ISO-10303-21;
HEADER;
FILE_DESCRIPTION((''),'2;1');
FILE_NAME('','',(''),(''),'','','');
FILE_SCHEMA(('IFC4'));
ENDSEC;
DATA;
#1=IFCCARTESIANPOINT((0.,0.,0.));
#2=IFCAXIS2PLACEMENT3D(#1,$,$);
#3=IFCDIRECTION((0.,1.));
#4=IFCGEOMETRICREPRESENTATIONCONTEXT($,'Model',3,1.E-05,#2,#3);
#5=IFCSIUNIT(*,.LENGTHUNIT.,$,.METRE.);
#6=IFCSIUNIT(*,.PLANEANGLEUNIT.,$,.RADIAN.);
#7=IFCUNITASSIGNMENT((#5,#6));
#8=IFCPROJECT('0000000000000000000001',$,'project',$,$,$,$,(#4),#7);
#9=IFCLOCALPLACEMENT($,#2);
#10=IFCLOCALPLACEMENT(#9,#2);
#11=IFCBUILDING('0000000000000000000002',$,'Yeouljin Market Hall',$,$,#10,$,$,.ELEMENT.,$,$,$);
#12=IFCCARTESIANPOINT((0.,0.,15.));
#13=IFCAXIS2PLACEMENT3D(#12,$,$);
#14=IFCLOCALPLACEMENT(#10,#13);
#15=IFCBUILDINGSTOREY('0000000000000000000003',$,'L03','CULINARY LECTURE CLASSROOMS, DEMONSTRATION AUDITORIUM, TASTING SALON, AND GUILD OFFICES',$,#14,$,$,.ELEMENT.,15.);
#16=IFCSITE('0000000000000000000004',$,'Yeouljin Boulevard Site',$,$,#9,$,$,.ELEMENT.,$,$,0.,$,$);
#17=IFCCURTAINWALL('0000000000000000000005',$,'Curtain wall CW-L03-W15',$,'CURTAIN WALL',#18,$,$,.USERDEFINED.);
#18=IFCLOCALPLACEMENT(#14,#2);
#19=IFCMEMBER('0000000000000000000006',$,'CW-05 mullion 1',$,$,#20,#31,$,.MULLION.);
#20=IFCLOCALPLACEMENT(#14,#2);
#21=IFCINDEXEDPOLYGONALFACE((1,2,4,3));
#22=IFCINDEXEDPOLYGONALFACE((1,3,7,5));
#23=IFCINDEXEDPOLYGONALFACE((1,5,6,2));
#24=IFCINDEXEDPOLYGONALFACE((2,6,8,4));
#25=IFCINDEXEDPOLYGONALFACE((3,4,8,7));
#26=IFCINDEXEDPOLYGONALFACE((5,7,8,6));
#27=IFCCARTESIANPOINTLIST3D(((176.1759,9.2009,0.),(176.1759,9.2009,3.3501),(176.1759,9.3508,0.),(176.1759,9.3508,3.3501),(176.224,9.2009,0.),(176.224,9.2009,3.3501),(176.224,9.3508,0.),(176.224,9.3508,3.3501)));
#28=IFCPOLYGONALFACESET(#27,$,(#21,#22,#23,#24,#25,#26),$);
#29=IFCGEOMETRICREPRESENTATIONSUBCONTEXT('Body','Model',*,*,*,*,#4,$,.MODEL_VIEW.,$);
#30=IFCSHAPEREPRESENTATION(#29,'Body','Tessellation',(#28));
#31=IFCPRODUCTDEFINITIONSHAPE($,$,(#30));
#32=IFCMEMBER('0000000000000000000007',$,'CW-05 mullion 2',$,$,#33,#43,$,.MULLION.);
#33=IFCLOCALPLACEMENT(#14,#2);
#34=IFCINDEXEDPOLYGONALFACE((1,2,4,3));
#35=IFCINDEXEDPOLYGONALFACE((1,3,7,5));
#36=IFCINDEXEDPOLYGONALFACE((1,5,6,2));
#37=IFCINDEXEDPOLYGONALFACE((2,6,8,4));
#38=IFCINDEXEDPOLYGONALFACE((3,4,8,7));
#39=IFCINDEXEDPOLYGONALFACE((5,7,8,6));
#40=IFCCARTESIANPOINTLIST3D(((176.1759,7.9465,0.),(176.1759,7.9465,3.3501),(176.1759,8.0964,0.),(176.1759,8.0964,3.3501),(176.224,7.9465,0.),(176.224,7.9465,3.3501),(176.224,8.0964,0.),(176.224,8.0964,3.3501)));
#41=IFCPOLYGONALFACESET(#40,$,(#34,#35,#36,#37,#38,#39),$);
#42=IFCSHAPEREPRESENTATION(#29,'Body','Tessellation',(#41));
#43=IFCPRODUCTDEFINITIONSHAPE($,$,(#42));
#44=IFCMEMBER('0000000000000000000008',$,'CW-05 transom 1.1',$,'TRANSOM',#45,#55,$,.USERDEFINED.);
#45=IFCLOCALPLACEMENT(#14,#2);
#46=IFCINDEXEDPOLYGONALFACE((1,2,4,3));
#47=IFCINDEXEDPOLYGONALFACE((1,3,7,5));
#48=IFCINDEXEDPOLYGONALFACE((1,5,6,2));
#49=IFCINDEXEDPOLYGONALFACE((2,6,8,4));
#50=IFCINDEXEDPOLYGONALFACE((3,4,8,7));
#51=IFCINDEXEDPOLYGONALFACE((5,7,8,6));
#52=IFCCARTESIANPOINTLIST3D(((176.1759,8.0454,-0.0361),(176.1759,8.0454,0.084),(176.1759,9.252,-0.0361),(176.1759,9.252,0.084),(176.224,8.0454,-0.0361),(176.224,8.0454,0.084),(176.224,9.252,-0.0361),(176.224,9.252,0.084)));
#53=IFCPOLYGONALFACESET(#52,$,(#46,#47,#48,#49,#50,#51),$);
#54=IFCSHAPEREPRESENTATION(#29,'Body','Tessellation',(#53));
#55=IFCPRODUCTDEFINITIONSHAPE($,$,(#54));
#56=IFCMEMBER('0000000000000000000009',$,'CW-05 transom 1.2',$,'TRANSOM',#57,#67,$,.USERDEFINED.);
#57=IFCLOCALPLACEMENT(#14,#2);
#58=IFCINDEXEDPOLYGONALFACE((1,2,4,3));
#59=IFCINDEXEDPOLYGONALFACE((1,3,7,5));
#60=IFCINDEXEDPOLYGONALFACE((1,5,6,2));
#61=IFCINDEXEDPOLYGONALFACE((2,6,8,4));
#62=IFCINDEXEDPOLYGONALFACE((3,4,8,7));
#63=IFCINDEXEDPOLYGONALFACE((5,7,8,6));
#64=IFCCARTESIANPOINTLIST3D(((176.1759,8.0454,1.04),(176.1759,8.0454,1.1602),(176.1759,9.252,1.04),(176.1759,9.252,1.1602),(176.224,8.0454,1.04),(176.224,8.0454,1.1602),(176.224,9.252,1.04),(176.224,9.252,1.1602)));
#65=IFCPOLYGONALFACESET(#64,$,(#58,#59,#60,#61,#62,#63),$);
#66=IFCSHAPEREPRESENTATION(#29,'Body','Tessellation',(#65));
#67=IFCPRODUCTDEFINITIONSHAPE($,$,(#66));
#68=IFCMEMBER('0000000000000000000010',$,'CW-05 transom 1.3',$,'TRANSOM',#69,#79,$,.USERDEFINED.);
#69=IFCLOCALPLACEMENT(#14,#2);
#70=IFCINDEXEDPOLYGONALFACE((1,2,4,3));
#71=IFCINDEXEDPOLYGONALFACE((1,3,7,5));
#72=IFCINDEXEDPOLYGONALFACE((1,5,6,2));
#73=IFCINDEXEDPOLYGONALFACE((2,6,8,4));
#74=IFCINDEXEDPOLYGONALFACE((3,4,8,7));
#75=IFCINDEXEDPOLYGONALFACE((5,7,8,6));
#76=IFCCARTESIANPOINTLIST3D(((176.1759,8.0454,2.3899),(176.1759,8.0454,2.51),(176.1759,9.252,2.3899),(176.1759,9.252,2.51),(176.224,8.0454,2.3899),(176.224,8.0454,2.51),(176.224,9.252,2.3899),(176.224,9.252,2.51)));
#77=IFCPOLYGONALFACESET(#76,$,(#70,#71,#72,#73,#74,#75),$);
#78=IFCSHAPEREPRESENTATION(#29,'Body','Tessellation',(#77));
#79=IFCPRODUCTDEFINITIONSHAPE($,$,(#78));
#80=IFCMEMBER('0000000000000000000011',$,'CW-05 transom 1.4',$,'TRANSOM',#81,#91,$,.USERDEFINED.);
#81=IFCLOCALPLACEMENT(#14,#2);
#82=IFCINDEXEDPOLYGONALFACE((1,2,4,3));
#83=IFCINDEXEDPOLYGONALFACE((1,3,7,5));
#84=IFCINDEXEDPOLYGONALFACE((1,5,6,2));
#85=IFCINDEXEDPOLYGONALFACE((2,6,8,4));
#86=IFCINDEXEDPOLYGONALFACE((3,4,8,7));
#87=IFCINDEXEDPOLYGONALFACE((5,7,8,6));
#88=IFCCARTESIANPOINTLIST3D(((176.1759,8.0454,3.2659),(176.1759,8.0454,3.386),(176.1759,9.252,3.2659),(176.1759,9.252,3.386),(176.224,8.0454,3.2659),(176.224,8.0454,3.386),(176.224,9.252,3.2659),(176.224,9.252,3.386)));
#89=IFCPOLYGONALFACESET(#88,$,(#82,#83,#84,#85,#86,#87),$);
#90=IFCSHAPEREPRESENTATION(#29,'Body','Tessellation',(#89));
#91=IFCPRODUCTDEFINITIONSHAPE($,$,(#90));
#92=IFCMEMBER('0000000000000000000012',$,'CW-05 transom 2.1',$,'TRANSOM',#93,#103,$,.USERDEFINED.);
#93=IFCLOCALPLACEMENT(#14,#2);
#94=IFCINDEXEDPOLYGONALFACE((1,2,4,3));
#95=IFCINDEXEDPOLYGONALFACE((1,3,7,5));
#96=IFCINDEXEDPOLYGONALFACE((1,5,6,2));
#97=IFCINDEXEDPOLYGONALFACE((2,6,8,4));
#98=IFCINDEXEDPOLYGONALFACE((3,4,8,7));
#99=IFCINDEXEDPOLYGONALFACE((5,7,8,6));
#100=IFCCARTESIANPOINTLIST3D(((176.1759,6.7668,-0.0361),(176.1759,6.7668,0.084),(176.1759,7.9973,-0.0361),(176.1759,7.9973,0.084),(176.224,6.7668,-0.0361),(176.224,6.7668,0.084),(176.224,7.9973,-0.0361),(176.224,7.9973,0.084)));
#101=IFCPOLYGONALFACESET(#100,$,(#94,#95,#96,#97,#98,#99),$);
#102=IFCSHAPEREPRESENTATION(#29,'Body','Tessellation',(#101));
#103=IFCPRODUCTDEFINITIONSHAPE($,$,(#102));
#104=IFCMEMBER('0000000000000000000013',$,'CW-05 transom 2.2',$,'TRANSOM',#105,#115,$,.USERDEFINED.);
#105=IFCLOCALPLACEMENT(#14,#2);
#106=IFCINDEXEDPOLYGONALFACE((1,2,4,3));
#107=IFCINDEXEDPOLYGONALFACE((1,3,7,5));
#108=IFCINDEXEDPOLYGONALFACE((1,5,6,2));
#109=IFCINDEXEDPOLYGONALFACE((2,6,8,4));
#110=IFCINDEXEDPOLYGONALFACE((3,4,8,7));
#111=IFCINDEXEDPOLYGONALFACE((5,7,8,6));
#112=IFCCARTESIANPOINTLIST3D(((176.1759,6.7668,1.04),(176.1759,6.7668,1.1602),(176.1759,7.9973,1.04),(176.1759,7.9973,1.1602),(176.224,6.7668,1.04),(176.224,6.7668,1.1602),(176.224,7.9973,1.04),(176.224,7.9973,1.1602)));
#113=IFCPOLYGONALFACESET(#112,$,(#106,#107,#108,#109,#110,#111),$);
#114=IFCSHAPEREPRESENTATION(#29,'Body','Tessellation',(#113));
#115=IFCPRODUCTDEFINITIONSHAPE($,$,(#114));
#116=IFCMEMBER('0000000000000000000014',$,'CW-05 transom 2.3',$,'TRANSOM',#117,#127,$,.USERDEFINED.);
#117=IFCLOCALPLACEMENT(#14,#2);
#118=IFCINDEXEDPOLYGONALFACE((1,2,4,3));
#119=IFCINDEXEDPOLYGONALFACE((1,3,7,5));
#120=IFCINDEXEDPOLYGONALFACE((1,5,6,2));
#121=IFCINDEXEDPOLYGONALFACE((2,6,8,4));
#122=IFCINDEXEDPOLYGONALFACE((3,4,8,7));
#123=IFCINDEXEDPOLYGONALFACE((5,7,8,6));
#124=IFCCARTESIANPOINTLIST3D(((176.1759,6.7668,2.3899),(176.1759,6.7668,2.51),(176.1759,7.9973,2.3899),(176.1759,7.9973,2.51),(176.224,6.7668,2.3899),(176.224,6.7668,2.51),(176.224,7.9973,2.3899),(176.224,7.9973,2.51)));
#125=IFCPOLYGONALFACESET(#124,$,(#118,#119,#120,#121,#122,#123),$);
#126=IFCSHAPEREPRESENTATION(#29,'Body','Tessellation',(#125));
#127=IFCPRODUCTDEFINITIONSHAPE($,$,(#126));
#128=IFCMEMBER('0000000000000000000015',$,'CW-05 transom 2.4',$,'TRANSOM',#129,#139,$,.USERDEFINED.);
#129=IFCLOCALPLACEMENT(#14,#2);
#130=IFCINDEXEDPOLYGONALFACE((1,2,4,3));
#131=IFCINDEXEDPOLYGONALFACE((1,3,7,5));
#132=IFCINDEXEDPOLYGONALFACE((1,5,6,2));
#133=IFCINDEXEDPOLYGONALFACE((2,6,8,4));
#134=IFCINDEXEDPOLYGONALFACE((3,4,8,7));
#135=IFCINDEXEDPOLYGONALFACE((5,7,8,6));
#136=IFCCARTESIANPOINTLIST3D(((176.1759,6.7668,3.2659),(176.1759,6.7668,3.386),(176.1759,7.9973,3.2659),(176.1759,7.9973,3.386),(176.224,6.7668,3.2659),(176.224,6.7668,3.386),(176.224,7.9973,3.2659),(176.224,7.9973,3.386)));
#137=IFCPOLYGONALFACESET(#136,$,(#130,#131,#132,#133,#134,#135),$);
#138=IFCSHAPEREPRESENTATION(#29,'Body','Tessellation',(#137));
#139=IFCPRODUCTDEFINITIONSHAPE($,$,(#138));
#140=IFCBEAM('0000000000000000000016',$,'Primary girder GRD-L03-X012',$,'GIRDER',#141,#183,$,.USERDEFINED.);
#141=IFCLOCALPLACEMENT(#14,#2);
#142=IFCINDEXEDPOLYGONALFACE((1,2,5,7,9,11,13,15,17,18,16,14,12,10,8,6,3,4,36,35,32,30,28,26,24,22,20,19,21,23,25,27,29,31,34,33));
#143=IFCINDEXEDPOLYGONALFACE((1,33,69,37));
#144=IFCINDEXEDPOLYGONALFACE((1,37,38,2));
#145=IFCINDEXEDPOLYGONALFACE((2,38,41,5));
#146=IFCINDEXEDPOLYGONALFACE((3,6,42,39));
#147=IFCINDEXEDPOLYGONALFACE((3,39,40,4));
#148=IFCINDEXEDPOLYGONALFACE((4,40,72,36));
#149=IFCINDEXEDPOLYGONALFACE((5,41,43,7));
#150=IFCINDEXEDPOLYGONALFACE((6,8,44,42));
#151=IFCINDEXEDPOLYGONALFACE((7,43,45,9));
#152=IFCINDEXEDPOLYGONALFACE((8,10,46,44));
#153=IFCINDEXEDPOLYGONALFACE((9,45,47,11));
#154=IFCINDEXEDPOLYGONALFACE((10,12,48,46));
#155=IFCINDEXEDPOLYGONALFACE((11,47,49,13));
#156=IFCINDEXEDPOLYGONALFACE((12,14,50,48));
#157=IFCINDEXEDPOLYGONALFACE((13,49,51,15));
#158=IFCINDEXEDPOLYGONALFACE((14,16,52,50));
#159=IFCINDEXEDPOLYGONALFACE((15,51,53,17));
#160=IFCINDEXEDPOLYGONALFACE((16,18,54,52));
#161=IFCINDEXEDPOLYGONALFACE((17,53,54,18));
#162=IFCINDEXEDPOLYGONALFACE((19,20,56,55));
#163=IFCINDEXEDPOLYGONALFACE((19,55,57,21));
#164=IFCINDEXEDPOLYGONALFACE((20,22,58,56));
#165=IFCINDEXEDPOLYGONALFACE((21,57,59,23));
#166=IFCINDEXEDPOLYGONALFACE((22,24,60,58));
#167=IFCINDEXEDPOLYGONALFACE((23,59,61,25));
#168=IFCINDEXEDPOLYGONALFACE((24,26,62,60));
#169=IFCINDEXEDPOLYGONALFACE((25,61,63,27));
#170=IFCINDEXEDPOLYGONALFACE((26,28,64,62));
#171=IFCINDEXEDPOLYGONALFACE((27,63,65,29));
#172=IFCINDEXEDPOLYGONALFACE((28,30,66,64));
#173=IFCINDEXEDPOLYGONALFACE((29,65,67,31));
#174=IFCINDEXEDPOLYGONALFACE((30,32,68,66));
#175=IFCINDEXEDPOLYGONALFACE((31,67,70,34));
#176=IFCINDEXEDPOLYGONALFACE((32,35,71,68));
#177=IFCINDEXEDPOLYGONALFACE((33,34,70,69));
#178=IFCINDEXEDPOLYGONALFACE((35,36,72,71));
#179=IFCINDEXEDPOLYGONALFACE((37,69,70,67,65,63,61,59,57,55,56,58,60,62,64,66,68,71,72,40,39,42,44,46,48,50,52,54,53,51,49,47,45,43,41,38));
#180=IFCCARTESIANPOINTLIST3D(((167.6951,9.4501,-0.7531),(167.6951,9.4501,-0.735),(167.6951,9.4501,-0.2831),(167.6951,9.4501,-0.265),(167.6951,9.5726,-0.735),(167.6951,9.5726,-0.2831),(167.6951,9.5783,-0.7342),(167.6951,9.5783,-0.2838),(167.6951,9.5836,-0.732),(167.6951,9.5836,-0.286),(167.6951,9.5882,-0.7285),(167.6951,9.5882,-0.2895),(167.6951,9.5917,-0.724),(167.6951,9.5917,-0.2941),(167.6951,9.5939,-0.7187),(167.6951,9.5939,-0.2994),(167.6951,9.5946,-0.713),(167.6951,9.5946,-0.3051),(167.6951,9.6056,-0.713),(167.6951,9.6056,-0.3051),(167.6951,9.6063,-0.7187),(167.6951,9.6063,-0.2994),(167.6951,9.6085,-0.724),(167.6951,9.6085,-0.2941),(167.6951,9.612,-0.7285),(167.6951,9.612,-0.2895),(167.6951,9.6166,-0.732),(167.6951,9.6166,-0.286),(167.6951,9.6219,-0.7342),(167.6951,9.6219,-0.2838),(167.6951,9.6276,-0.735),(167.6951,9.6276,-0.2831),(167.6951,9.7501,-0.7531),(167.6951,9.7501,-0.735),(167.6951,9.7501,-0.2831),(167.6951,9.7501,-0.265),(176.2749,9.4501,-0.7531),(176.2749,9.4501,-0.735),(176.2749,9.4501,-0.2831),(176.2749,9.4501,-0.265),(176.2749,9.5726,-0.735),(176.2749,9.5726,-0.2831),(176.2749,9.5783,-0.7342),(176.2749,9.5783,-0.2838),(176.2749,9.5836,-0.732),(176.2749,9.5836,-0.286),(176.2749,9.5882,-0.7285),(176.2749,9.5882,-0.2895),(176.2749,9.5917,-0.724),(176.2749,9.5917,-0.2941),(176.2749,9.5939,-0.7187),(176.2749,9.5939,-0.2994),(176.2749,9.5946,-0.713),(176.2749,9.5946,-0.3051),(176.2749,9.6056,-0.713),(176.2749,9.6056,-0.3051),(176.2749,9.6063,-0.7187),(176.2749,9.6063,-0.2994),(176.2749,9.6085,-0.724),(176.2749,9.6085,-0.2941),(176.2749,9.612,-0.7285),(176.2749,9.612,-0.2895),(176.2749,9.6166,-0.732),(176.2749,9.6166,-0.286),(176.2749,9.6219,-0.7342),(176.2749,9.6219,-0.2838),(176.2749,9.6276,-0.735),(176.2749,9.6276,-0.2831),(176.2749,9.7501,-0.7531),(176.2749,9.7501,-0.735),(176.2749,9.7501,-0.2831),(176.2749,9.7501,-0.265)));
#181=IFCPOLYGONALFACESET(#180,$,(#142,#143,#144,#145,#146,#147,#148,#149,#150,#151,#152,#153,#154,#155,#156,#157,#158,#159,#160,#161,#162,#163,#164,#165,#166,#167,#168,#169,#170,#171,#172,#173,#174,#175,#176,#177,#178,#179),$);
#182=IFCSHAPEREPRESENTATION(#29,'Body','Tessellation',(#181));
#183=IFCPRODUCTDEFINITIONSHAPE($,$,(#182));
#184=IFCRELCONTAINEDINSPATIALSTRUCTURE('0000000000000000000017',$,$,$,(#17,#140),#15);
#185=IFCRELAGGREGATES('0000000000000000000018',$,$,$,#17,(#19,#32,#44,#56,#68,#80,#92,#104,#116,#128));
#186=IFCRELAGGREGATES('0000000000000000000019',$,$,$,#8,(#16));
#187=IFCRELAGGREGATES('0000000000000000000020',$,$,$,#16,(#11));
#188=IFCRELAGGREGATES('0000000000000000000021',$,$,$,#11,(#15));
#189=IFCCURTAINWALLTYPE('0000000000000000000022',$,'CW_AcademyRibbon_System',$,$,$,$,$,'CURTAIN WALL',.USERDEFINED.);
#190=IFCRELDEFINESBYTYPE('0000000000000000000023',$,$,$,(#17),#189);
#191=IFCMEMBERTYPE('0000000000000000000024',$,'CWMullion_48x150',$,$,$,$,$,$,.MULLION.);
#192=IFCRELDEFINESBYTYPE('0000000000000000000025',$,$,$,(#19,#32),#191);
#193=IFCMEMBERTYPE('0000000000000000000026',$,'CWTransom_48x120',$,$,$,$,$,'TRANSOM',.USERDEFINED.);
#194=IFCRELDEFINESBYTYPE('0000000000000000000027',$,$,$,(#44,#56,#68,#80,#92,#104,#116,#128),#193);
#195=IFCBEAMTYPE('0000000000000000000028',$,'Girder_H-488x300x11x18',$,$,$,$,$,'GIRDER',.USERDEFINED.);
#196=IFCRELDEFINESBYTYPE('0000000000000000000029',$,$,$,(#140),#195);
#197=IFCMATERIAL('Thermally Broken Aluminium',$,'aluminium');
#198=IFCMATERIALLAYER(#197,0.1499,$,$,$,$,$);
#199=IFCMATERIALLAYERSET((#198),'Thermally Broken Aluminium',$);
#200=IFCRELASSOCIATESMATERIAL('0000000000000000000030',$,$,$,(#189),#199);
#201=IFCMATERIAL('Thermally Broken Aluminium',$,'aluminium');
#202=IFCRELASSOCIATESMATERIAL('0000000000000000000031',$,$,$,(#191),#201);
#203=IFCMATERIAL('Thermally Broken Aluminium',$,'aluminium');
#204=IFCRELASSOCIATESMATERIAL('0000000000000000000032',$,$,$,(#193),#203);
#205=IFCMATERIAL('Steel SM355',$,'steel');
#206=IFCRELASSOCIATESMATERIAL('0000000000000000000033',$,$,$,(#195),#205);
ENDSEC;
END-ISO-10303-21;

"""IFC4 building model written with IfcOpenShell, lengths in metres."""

from ifc_helpers import new_model, si_unit, direction, frame, origin, origin_2d, place, context, subcontext, project, spatial, rectangle, i_section, extrude, material, layer, layer_set, material_profile, profile_set, type_object, element, aggregate, save


model = new_model("IFC4")

# Units and contexts
model_context = context("Model", 3, precision=1e-05, world=origin(), true_north=direction((0.0, 1.0)))
body_context = subcontext(model_context, "Body", "Model", "MODEL_VIEW")
ifc_project = project(units=[si_unit("LENGTHUNIT", "METRE"), si_unit("PLANEANGLEUNIT", "RADIAN")], contexts=[model_context])

# Site, building, storey
site_placement = place(None, origin())
site = spatial("IfcSite", under=ifc_project, at=site_placement, Name="Yeouljin Boulevard Site", CompositionType="ELEMENT", RefElevation=0.0)
building_placement = place(site_placement, origin())
building = spatial("IfcBuilding", under=site, at=building_placement, Name="Yeouljin Market Hall", CompositionType="ELEMENT")
storey_placement = place(building_placement, frame((0.0, 0.0, 15.0)))
storey = spatial("IfcBuildingStorey", under=building, at=storey_placement, Name="L03", Description="CULINARY LECTURE CLASSROOMS, DEMONSTRATION AUDITORIUM, TASTING SALON, AND GUILD OFFICES", CompositionType="ELEMENT", Elevation=15.0)

# Curtain wall, members
ifc_material_1 = material(Name="Thermally Broken Aluminium", Category="aluminium")
ifc_layer_1 = layer(ifc_material_1, 0.1499)
ifc_layer_set_1 = layer_set([ifc_layer_1], Name="Thermally Broken Aluminium")
curtain_wall_type = type_object("IfcCurtainWallType", Name="CW_AcademyRibbon_System", ElementType="CURTAIN WALL", PredefinedType="USERDEFINED", material=ifc_layer_set_1)
curtain_wall_placement = place(storey_placement, origin())
curtain_wall = element("IfcCurtainWall", 1, at=curtain_wall_placement, inside=storey, type_object=curtain_wall_type, Name="Curtain wall CW-L03-W15", ObjectType="CURTAIN WALL", PredefinedType="USERDEFINED")
ifc_material_2 = material(Name="Thermally Broken Aluminium", Category="aluminium")
ifc_material_profile_1 = material_profile(ifc_material_2, rectangle(XDim=0.0481, YDim=0.1499, at=origin_2d()), Name="CW-MULL-48x150")
ifc_profile_set_1 = profile_set([ifc_material_profile_1], Name="Thermally Broken Aluminium")
member_type_1 = type_object("IfcMemberType", Name="CWMullion_48x150", PredefinedType="MULLION", material=ifc_profile_set_1)
member_1_placement = place(storey_placement, frame((176.2, 9.2759, 0.0), z_axis=(0.0, 0.0, 1.0), x_axis=(1.0, 0.0, 0.0)))
member_1 = element("IfcMember", 2, at=member_1_placement, type_object=member_type_1, Name="CW-05 mullion 1", PredefinedType="MULLION", context=body_context, shape_type="SweptSolid", body=[
    extrude(rectangle(XDim=0.0481, YDim=0.1499, at=origin_2d()), origin(), (0.0, 0.0, 1.0), 3.3501),
])
member_2_placement = place(storey_placement, frame((176.2, 8.0215, 0.0), z_axis=(0.0, 0.0, 1.0), x_axis=(1.0, 0.0, 0.0)))
member_2 = element("IfcMember", 3, at=member_2_placement, type_object=member_type_1, Name="CW-05 mullion 2", PredefinedType="MULLION", context=body_context, shape_type="SweptSolid", body=[
    extrude(rectangle(XDim=0.0481, YDim=0.1499, at=origin_2d()), origin(), (0.0, 0.0, 1.0), 3.3501),
])
ifc_material_3 = material(Name="Thermally Broken Aluminium", Category="aluminium")
ifc_material_profile_2 = material_profile(ifc_material_3, rectangle(XDim=0.0481, YDim=0.1201, at=origin_2d()), Name="CW-TRAN-48x120")
ifc_profile_set_2 = profile_set([ifc_material_profile_2], Name="Thermally Broken Aluminium")
member_type_2 = type_object("IfcMemberType", Name="CWTransom_48x120", ElementType="TRANSOM", PredefinedType="USERDEFINED", material=ifc_profile_set_2)
member_3_placement = place(storey_placement, frame((176.2, 9.252, 0.0239), z_axis=(0.0, -1.0, 0.0), x_axis=(1.0, 0.0, 0.0)))
member_3 = element("IfcMember", 4, at=member_3_placement, type_object=member_type_2, Name="CW-05 transom 1.1", ObjectType="TRANSOM", PredefinedType="USERDEFINED", context=body_context, shape_type="SweptSolid", body=[
    extrude(rectangle(XDim=0.0481, YDim=0.1201, at=origin_2d()), origin(), (0.0, 0.0, 1.0), 1.2065),
])
member_4_placement = place(storey_placement, frame((176.2, 9.252, 1.1001), z_axis=(0.0, -1.0, 0.0), x_axis=(1.0, 0.0, 0.0)))
member_4 = element("IfcMember", 5, at=member_4_placement, type_object=member_type_2, Name="CW-05 transom 1.2", ObjectType="TRANSOM", PredefinedType="USERDEFINED", context=body_context, shape_type="SweptSolid", body=[
    extrude(rectangle(XDim=0.0481, YDim=0.1201, at=origin_2d()), origin(), (0.0, 0.0, 1.0), 1.2065),
])
member_5_placement = place(storey_placement, frame((176.2, 9.252, 2.45), z_axis=(0.0, -1.0, 0.0), x_axis=(1.0, 0.0, 0.0)))
member_5 = element("IfcMember", 6, at=member_5_placement, type_object=member_type_2, Name="CW-05 transom 1.3", ObjectType="TRANSOM", PredefinedType="USERDEFINED", context=body_context, shape_type="SweptSolid", body=[
    extrude(rectangle(XDim=0.0481, YDim=0.1201, at=origin_2d()), origin(), (0.0, 0.0, 1.0), 1.2065),
])
member_6_placement = place(storey_placement, frame((176.2, 9.252, 3.3259), z_axis=(0.0, -1.0, 0.0), x_axis=(1.0, 0.0, 0.0)))
member_6 = element("IfcMember", 7, at=member_6_placement, type_object=member_type_2, Name="CW-05 transom 1.4", ObjectType="TRANSOM", PredefinedType="USERDEFINED", context=body_context, shape_type="SweptSolid", body=[
    extrude(rectangle(XDim=0.0481, YDim=0.1201, at=origin_2d()), origin(), (0.0, 0.0, 1.0), 1.2065),
])
member_7_placement = place(storey_placement, frame((176.2, 7.9973, 0.0239), z_axis=(0.0, -1.0, 0.0), x_axis=(1.0, 0.0, 0.0)))
member_7 = element("IfcMember", 8, at=member_7_placement, type_object=member_type_2, Name="CW-05 transom 2.1", ObjectType="TRANSOM", PredefinedType="USERDEFINED", context=body_context, shape_type="SweptSolid", body=[
    extrude(rectangle(XDim=0.0481, YDim=0.1201, at=origin_2d()), origin(), (0.0, 0.0, 1.0), 1.2305),
])
member_8_placement = place(storey_placement, frame((176.2, 7.9973, 1.1001), z_axis=(0.0, -1.0, 0.0), x_axis=(1.0, 0.0, 0.0)))
member_8 = element("IfcMember", 9, at=member_8_placement, type_object=member_type_2, Name="CW-05 transom 2.2", ObjectType="TRANSOM", PredefinedType="USERDEFINED", context=body_context, shape_type="SweptSolid", body=[
    extrude(rectangle(XDim=0.0481, YDim=0.1201, at=origin_2d()), origin(), (0.0, 0.0, 1.0), 1.2305),
])
member_9_placement = place(storey_placement, frame((176.2, 7.9973, 2.45), z_axis=(0.0, -1.0, 0.0), x_axis=(1.0, 0.0, 0.0)))
member_9 = element("IfcMember", 10, at=member_9_placement, type_object=member_type_2, Name="CW-05 transom 2.3", ObjectType="TRANSOM", PredefinedType="USERDEFINED", context=body_context, shape_type="SweptSolid", body=[
    extrude(rectangle(XDim=0.0481, YDim=0.1201, at=origin_2d()), origin(), (0.0, 0.0, 1.0), 1.2305),
])
member_10_placement = place(storey_placement, frame((176.2, 7.9973, 3.3259), z_axis=(0.0, -1.0, 0.0), x_axis=(1.0, 0.0, 0.0)))
member_10 = element("IfcMember", 11, at=member_10_placement, type_object=member_type_2, Name="CW-05 transom 2.4", ObjectType="TRANSOM", PredefinedType="USERDEFINED", context=body_context, shape_type="SweptSolid", body=[
    extrude(rectangle(XDim=0.0481, YDim=0.1201, at=origin_2d()), origin(), (0.0, 0.0, 1.0), 1.2305),
])

# Beam
ifc_material_4 = material(Name="Steel SM355", Category="steel")
ifc_material_profile_3 = material_profile(ifc_material_4, i_section(OverallWidth=0.3, OverallDepth=0.488, WebThickness=0.011, FlangeThickness=0.0181, FilletRadius=0.022, at=origin_2d()), Name="H-488x300x11x18")
ifc_profile_set_3 = profile_set([ifc_material_profile_3], Name="Steel SM355")
beam_type_1 = type_object("IfcBeamType", Name="Girder_H-488x300x11x18", ElementType="GIRDER", PredefinedType="USERDEFINED", material=ifc_profile_set_3)
beam_placement = place(storey_placement, frame((167.6951, 9.6001, -0.509), z_axis=(1.0, 0.0, 0.0), x_axis=(0.0, 1.0, 0.0)))
element("IfcBeam", 12, at=beam_placement, inside=storey, type_object=beam_type_1, Name="Primary girder GRD-L03-X012", ObjectType="GIRDER", PredefinedType="USERDEFINED", context=body_context, shape_type="SweptSolid", body=[
    extrude(i_section(OverallWidth=0.3, OverallDepth=0.488, WebThickness=0.011, FlangeThickness=0.0181, FilletRadius=0.022, at=origin_2d()), origin(), (0.0, 0.0, 1.0), 8.5798),
])

aggregate(curtain_wall, [member_1, member_2, member_3, member_4, member_5, member_6, member_7, member_8, member_9, member_10])

save(model, "model.ifc")
